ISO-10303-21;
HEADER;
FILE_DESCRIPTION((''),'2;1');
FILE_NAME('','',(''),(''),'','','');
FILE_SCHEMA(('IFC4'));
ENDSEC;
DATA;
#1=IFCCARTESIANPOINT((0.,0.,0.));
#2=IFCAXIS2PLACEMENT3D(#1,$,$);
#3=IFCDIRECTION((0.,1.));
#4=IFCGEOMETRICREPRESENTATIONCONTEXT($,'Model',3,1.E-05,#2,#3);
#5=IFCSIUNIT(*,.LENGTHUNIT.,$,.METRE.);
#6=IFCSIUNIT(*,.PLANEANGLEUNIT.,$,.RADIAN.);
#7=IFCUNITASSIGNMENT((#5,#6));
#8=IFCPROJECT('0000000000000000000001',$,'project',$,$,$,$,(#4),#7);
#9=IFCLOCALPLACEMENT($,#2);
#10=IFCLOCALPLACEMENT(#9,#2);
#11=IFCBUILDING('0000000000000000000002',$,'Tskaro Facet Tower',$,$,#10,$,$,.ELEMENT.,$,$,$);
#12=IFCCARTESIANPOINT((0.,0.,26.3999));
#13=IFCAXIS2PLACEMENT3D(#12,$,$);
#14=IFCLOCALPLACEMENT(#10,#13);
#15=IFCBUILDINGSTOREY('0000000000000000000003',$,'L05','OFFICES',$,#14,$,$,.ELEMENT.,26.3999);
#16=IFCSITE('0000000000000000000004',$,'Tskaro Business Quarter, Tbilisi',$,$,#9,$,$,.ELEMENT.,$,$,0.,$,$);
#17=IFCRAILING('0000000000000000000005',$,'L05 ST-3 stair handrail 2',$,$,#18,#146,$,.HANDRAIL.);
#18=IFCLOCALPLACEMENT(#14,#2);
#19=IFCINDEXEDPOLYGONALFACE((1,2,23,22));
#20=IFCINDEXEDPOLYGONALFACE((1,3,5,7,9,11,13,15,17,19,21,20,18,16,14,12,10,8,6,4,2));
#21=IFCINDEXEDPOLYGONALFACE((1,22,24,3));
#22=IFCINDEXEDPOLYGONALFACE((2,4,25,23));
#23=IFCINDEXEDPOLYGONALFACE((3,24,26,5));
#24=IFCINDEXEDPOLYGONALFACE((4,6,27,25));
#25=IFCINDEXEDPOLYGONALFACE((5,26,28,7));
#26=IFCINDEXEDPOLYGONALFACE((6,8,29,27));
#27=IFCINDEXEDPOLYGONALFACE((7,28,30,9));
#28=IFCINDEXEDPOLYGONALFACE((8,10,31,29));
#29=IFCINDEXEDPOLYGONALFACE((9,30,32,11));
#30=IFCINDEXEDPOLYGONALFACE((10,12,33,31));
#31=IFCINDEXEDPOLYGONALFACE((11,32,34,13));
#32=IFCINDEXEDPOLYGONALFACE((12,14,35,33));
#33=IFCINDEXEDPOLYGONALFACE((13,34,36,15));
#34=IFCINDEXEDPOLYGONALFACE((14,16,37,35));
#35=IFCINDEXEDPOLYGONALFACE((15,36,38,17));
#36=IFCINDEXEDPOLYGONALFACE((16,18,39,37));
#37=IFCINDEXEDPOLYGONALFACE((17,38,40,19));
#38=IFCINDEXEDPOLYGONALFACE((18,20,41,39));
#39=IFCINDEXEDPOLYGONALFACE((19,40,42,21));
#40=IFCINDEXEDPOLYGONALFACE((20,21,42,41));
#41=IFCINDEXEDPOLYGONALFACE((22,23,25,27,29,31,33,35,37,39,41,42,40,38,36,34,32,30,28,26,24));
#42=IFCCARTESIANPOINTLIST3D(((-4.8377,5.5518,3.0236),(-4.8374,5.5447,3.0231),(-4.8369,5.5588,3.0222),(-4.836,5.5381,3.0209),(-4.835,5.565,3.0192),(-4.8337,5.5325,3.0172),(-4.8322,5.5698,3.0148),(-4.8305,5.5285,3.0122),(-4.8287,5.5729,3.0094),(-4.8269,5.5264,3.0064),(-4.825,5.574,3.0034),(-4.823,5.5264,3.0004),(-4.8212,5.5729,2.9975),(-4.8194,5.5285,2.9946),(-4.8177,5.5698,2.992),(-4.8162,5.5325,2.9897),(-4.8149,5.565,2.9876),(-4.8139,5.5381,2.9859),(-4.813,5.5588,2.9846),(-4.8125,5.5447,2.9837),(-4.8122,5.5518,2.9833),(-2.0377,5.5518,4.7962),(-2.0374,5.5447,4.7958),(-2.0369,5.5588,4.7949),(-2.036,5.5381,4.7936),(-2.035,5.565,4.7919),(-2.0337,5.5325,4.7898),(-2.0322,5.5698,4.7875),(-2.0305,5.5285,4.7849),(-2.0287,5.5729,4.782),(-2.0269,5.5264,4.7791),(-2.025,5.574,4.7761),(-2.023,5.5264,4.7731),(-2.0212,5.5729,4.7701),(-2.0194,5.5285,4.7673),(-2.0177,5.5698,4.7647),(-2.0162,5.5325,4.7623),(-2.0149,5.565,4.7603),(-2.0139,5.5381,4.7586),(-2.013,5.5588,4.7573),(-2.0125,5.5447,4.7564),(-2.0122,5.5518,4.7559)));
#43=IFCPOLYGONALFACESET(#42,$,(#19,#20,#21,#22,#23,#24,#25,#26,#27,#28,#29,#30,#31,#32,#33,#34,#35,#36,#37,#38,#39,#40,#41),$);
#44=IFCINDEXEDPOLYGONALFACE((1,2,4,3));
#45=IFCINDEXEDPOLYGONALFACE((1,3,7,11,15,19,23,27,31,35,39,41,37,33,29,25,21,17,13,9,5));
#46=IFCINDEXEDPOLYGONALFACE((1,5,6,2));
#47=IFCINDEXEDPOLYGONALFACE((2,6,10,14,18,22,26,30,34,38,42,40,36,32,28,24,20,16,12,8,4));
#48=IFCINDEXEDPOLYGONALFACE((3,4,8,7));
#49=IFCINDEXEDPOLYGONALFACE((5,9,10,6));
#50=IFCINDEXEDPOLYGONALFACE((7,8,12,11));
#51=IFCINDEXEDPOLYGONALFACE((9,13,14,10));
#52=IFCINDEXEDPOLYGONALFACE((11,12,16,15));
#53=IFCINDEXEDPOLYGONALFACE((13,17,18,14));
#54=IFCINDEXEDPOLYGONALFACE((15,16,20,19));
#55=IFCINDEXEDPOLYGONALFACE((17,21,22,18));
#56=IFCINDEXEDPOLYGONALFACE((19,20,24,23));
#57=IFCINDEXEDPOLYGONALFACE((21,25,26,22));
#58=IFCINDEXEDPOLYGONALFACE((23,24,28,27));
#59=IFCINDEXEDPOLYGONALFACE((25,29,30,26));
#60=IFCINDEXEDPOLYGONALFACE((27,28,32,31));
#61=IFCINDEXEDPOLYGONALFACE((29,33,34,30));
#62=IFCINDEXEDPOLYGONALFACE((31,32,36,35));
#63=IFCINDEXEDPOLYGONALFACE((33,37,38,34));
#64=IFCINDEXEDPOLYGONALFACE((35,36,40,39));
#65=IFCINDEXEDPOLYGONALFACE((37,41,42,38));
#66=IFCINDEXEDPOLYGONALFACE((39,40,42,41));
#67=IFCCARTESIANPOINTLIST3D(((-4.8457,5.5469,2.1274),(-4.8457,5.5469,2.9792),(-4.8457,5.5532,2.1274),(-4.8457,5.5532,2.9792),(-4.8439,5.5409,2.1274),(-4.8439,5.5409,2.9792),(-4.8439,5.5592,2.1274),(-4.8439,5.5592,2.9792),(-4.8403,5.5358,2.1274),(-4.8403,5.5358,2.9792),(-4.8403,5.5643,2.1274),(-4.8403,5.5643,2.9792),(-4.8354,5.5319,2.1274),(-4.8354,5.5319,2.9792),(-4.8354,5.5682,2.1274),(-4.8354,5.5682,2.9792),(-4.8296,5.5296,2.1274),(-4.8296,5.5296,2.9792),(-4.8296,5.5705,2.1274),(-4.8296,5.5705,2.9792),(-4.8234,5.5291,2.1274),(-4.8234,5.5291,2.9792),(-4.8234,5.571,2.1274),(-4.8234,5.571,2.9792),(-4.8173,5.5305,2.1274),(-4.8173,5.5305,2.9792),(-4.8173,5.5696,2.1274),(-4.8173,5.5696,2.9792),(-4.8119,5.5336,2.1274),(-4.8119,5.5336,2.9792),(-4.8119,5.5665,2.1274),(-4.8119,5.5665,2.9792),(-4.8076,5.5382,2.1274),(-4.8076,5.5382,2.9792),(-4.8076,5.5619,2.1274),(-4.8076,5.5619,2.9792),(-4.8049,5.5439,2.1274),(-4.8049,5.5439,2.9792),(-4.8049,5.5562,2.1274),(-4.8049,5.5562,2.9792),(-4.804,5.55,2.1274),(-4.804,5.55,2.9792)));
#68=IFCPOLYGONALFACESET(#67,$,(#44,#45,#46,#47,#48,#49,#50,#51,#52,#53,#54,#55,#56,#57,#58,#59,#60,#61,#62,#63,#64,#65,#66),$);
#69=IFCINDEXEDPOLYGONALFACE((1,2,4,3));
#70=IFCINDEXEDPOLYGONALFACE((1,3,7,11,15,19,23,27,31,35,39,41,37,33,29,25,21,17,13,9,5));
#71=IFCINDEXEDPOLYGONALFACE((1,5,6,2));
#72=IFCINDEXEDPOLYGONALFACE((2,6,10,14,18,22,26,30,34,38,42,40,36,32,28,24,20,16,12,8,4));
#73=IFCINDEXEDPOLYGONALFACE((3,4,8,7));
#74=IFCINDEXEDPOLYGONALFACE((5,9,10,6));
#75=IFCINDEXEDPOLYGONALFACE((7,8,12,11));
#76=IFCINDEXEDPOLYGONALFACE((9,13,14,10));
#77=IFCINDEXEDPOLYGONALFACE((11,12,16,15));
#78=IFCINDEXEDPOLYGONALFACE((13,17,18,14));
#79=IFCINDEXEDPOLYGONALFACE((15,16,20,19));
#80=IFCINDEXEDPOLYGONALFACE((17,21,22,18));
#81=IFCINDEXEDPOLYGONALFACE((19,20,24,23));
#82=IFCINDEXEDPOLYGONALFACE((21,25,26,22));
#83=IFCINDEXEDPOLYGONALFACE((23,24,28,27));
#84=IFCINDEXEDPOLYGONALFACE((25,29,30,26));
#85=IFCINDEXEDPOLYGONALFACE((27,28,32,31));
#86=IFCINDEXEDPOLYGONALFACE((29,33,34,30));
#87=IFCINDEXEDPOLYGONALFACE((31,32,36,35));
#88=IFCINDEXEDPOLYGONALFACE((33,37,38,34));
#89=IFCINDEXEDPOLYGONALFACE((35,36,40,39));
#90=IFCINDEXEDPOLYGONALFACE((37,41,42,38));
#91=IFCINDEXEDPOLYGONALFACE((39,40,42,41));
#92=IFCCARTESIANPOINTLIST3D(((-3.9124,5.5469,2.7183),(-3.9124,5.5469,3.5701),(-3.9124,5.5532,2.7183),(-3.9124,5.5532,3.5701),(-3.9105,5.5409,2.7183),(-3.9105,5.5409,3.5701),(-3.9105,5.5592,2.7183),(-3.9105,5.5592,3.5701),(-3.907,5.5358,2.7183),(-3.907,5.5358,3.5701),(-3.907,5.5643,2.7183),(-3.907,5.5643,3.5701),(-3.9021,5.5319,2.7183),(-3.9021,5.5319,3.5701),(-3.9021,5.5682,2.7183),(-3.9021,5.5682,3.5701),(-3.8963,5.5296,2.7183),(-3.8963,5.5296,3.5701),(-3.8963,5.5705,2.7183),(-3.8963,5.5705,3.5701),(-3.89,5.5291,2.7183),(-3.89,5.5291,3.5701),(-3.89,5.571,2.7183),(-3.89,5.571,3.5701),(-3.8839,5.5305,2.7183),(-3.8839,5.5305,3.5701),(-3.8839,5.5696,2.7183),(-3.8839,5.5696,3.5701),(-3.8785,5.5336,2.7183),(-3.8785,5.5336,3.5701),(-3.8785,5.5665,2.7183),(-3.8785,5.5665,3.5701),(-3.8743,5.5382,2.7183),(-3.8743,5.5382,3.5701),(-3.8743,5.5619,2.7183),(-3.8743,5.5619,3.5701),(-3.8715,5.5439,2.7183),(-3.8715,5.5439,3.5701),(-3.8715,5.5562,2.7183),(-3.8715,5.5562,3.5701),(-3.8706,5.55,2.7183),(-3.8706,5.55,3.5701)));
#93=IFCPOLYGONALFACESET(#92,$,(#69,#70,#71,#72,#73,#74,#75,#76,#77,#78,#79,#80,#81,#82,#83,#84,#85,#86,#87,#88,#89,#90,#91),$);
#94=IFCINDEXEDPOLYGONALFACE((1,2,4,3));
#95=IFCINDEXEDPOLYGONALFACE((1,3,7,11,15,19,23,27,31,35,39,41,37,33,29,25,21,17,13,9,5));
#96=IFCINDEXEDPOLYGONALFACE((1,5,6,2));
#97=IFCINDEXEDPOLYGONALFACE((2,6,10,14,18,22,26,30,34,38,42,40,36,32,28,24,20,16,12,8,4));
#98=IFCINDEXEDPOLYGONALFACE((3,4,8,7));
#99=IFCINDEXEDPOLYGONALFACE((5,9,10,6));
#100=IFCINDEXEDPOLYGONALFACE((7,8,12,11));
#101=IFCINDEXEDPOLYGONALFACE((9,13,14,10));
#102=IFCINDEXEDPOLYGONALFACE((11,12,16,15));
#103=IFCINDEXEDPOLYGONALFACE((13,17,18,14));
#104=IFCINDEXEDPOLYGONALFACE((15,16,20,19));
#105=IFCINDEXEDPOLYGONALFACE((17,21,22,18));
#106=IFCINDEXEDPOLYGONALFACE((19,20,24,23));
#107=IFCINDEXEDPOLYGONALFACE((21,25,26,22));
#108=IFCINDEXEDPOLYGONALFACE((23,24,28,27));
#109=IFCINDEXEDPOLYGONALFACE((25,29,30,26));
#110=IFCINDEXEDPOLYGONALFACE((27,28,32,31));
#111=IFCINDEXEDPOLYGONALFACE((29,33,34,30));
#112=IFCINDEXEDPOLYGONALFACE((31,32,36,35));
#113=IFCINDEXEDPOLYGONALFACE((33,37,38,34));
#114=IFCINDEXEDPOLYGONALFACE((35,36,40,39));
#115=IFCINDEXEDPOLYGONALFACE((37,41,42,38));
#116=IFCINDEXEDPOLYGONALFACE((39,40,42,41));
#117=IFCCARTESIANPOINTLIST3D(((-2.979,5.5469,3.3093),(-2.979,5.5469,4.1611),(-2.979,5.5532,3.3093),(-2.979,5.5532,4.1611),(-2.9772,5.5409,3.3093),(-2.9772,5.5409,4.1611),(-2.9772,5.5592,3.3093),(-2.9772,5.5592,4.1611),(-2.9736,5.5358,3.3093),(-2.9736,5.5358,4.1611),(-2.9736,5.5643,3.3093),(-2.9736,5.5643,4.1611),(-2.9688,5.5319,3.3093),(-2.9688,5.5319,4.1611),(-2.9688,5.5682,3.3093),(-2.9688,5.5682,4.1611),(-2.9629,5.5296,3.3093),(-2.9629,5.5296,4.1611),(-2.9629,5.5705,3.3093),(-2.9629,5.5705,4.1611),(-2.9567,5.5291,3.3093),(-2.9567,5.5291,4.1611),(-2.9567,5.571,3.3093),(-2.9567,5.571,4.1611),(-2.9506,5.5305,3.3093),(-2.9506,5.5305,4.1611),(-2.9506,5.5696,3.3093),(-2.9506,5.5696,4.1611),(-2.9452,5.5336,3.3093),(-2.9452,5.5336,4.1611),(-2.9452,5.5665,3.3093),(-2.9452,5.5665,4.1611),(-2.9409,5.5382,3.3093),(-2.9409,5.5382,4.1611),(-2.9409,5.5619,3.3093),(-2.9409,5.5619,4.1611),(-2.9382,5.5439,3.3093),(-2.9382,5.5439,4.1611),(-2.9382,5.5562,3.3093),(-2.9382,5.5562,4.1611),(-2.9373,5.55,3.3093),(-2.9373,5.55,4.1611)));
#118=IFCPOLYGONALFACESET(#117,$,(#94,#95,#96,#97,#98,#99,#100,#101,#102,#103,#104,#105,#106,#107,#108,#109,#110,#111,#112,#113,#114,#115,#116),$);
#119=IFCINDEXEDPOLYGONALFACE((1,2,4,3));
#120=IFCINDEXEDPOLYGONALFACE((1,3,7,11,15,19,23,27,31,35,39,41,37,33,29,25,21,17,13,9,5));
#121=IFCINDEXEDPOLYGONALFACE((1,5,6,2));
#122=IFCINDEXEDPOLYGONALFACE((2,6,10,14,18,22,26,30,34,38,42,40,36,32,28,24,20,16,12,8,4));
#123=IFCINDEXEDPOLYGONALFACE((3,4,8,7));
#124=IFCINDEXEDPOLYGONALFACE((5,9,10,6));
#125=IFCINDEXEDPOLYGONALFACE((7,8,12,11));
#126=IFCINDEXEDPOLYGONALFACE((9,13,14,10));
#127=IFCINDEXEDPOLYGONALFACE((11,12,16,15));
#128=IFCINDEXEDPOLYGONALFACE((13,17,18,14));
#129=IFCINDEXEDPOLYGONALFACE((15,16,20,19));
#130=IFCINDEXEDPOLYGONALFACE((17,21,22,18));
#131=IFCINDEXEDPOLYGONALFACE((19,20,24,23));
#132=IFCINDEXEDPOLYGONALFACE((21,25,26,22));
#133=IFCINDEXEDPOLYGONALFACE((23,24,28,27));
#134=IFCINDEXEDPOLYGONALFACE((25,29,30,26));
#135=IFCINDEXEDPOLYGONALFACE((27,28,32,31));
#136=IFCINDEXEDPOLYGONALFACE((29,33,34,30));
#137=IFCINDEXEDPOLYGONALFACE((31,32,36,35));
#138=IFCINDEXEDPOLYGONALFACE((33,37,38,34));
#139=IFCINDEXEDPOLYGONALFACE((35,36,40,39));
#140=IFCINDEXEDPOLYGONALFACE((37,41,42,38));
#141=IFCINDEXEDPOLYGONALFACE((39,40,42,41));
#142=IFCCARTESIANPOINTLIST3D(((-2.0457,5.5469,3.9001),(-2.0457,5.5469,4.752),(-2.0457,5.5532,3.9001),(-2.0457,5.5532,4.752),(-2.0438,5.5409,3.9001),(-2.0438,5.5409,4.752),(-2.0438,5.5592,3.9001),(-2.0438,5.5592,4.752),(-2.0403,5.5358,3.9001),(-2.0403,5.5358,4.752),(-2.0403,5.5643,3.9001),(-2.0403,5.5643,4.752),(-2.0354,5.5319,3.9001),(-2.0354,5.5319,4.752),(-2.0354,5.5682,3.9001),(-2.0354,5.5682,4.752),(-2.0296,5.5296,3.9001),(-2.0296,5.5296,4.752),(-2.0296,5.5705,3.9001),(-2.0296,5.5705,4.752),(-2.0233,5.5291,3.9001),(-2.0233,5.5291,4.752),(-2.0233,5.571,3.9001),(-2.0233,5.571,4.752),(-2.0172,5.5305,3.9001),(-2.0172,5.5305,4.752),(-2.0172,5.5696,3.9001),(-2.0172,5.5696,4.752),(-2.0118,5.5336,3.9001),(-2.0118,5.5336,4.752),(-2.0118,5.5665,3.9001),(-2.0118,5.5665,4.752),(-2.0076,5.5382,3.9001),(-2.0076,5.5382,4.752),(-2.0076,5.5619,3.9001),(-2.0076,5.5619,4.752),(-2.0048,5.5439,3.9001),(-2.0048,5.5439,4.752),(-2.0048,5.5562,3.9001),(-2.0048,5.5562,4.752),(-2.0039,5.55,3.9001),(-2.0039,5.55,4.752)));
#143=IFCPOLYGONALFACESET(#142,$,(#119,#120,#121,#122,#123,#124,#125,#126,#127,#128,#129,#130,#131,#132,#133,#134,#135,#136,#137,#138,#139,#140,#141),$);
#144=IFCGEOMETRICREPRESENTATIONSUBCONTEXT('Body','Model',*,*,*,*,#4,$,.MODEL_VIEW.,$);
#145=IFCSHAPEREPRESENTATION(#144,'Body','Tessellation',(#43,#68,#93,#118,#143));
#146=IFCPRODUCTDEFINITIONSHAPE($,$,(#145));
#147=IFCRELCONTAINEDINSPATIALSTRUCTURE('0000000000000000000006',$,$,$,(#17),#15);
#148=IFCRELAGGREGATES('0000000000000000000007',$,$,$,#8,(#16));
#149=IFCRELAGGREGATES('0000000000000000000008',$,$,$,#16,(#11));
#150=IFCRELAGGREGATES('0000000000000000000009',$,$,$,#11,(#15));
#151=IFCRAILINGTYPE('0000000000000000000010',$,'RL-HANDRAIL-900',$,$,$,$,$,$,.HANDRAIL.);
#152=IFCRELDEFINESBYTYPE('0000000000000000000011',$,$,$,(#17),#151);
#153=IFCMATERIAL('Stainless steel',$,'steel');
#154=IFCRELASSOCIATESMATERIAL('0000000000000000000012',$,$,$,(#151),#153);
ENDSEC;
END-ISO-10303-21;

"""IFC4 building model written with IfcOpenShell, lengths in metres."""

from ifc_helpers import new_model, si_unit, direction, frame, origin, origin_2d, place, context, subcontext, project, spatial, circle, extrude, material, type_object, element, save


model = new_model("IFC4")

# Units and contexts
model_context = context("Model", 3, precision=1e-05, world=origin(), true_north=direction((0.0, 1.0)))
body_context = subcontext(model_context, "Body", "Model", "MODEL_VIEW")
ifc_project = project(units=[si_unit("LENGTHUNIT", "METRE"), si_unit("PLANEANGLEUNIT", "RADIAN")], contexts=[model_context])

# Site, building, storey
site_placement = place(None, origin())
site = spatial("IfcSite", under=ifc_project, at=site_placement, Name="Tskaro Business Quarter, Tbilisi", CompositionType="ELEMENT", RefElevation=0.0)
building_placement = place(site_placement, origin())
building = spatial("IfcBuilding", under=site, at=building_placement, Name="Tskaro Facet Tower", CompositionType="ELEMENT")
storey_placement = place(building_placement, frame((0.0, 0.0, 26.3999)))
storey = spatial("IfcBuildingStorey", under=building, at=storey_placement, Name="L05", Description="OFFICES", CompositionType="ELEMENT", Elevation=26.3999)

# Railing
ifc_material_1 = material(Name="Stainless steel", Category="steel")
railing_type_1 = type_object("IfcRailingType", Name="RL-HANDRAIL-900", PredefinedType="HANDRAIL", material=ifc_material_1)
railing_1_placement = place(storey_placement, frame((-4.825, 5.55, 2.1274)))
element("IfcRailing", 1, at=railing_1_placement, inside=storey, type_object=railing_type_1, Name="L05 ST-3 stair handrail 2", PredefinedType="HANDRAIL", context=body_context, shape_type="SweptSolid", body=[
    extrude(circle(Radius=0.0239, at=origin_2d()), frame((0.0, 0.0, 0.876), z_axis=(0.844909, 0.0, 0.53491), x_axis=(0.0, 1.0, 0.0)), (0.0, 0.0, 1.0), 3.314),
    extrude(circle(Radius=0.021, at=origin_2d()), origin(), (0.0, 0.0, 1.0), 0.8518),
    extrude(circle(Radius=0.021, at=origin_2d()), frame((0.9333, 0.0, 0.5908)), (0.0, 0.0, 1.0), 0.8518),
    extrude(circle(Radius=0.021, at=origin_2d()), frame((1.8667, 0.0, 1.1819)), (0.0, 0.0, 1.0), 0.8518),
    extrude(circle(Radius=0.021, at=origin_2d()), frame((2.8, 0.0, 1.7727)), (0.0, 0.0, 1.0), 0.8518),
])

save(model, "model.ifc")
